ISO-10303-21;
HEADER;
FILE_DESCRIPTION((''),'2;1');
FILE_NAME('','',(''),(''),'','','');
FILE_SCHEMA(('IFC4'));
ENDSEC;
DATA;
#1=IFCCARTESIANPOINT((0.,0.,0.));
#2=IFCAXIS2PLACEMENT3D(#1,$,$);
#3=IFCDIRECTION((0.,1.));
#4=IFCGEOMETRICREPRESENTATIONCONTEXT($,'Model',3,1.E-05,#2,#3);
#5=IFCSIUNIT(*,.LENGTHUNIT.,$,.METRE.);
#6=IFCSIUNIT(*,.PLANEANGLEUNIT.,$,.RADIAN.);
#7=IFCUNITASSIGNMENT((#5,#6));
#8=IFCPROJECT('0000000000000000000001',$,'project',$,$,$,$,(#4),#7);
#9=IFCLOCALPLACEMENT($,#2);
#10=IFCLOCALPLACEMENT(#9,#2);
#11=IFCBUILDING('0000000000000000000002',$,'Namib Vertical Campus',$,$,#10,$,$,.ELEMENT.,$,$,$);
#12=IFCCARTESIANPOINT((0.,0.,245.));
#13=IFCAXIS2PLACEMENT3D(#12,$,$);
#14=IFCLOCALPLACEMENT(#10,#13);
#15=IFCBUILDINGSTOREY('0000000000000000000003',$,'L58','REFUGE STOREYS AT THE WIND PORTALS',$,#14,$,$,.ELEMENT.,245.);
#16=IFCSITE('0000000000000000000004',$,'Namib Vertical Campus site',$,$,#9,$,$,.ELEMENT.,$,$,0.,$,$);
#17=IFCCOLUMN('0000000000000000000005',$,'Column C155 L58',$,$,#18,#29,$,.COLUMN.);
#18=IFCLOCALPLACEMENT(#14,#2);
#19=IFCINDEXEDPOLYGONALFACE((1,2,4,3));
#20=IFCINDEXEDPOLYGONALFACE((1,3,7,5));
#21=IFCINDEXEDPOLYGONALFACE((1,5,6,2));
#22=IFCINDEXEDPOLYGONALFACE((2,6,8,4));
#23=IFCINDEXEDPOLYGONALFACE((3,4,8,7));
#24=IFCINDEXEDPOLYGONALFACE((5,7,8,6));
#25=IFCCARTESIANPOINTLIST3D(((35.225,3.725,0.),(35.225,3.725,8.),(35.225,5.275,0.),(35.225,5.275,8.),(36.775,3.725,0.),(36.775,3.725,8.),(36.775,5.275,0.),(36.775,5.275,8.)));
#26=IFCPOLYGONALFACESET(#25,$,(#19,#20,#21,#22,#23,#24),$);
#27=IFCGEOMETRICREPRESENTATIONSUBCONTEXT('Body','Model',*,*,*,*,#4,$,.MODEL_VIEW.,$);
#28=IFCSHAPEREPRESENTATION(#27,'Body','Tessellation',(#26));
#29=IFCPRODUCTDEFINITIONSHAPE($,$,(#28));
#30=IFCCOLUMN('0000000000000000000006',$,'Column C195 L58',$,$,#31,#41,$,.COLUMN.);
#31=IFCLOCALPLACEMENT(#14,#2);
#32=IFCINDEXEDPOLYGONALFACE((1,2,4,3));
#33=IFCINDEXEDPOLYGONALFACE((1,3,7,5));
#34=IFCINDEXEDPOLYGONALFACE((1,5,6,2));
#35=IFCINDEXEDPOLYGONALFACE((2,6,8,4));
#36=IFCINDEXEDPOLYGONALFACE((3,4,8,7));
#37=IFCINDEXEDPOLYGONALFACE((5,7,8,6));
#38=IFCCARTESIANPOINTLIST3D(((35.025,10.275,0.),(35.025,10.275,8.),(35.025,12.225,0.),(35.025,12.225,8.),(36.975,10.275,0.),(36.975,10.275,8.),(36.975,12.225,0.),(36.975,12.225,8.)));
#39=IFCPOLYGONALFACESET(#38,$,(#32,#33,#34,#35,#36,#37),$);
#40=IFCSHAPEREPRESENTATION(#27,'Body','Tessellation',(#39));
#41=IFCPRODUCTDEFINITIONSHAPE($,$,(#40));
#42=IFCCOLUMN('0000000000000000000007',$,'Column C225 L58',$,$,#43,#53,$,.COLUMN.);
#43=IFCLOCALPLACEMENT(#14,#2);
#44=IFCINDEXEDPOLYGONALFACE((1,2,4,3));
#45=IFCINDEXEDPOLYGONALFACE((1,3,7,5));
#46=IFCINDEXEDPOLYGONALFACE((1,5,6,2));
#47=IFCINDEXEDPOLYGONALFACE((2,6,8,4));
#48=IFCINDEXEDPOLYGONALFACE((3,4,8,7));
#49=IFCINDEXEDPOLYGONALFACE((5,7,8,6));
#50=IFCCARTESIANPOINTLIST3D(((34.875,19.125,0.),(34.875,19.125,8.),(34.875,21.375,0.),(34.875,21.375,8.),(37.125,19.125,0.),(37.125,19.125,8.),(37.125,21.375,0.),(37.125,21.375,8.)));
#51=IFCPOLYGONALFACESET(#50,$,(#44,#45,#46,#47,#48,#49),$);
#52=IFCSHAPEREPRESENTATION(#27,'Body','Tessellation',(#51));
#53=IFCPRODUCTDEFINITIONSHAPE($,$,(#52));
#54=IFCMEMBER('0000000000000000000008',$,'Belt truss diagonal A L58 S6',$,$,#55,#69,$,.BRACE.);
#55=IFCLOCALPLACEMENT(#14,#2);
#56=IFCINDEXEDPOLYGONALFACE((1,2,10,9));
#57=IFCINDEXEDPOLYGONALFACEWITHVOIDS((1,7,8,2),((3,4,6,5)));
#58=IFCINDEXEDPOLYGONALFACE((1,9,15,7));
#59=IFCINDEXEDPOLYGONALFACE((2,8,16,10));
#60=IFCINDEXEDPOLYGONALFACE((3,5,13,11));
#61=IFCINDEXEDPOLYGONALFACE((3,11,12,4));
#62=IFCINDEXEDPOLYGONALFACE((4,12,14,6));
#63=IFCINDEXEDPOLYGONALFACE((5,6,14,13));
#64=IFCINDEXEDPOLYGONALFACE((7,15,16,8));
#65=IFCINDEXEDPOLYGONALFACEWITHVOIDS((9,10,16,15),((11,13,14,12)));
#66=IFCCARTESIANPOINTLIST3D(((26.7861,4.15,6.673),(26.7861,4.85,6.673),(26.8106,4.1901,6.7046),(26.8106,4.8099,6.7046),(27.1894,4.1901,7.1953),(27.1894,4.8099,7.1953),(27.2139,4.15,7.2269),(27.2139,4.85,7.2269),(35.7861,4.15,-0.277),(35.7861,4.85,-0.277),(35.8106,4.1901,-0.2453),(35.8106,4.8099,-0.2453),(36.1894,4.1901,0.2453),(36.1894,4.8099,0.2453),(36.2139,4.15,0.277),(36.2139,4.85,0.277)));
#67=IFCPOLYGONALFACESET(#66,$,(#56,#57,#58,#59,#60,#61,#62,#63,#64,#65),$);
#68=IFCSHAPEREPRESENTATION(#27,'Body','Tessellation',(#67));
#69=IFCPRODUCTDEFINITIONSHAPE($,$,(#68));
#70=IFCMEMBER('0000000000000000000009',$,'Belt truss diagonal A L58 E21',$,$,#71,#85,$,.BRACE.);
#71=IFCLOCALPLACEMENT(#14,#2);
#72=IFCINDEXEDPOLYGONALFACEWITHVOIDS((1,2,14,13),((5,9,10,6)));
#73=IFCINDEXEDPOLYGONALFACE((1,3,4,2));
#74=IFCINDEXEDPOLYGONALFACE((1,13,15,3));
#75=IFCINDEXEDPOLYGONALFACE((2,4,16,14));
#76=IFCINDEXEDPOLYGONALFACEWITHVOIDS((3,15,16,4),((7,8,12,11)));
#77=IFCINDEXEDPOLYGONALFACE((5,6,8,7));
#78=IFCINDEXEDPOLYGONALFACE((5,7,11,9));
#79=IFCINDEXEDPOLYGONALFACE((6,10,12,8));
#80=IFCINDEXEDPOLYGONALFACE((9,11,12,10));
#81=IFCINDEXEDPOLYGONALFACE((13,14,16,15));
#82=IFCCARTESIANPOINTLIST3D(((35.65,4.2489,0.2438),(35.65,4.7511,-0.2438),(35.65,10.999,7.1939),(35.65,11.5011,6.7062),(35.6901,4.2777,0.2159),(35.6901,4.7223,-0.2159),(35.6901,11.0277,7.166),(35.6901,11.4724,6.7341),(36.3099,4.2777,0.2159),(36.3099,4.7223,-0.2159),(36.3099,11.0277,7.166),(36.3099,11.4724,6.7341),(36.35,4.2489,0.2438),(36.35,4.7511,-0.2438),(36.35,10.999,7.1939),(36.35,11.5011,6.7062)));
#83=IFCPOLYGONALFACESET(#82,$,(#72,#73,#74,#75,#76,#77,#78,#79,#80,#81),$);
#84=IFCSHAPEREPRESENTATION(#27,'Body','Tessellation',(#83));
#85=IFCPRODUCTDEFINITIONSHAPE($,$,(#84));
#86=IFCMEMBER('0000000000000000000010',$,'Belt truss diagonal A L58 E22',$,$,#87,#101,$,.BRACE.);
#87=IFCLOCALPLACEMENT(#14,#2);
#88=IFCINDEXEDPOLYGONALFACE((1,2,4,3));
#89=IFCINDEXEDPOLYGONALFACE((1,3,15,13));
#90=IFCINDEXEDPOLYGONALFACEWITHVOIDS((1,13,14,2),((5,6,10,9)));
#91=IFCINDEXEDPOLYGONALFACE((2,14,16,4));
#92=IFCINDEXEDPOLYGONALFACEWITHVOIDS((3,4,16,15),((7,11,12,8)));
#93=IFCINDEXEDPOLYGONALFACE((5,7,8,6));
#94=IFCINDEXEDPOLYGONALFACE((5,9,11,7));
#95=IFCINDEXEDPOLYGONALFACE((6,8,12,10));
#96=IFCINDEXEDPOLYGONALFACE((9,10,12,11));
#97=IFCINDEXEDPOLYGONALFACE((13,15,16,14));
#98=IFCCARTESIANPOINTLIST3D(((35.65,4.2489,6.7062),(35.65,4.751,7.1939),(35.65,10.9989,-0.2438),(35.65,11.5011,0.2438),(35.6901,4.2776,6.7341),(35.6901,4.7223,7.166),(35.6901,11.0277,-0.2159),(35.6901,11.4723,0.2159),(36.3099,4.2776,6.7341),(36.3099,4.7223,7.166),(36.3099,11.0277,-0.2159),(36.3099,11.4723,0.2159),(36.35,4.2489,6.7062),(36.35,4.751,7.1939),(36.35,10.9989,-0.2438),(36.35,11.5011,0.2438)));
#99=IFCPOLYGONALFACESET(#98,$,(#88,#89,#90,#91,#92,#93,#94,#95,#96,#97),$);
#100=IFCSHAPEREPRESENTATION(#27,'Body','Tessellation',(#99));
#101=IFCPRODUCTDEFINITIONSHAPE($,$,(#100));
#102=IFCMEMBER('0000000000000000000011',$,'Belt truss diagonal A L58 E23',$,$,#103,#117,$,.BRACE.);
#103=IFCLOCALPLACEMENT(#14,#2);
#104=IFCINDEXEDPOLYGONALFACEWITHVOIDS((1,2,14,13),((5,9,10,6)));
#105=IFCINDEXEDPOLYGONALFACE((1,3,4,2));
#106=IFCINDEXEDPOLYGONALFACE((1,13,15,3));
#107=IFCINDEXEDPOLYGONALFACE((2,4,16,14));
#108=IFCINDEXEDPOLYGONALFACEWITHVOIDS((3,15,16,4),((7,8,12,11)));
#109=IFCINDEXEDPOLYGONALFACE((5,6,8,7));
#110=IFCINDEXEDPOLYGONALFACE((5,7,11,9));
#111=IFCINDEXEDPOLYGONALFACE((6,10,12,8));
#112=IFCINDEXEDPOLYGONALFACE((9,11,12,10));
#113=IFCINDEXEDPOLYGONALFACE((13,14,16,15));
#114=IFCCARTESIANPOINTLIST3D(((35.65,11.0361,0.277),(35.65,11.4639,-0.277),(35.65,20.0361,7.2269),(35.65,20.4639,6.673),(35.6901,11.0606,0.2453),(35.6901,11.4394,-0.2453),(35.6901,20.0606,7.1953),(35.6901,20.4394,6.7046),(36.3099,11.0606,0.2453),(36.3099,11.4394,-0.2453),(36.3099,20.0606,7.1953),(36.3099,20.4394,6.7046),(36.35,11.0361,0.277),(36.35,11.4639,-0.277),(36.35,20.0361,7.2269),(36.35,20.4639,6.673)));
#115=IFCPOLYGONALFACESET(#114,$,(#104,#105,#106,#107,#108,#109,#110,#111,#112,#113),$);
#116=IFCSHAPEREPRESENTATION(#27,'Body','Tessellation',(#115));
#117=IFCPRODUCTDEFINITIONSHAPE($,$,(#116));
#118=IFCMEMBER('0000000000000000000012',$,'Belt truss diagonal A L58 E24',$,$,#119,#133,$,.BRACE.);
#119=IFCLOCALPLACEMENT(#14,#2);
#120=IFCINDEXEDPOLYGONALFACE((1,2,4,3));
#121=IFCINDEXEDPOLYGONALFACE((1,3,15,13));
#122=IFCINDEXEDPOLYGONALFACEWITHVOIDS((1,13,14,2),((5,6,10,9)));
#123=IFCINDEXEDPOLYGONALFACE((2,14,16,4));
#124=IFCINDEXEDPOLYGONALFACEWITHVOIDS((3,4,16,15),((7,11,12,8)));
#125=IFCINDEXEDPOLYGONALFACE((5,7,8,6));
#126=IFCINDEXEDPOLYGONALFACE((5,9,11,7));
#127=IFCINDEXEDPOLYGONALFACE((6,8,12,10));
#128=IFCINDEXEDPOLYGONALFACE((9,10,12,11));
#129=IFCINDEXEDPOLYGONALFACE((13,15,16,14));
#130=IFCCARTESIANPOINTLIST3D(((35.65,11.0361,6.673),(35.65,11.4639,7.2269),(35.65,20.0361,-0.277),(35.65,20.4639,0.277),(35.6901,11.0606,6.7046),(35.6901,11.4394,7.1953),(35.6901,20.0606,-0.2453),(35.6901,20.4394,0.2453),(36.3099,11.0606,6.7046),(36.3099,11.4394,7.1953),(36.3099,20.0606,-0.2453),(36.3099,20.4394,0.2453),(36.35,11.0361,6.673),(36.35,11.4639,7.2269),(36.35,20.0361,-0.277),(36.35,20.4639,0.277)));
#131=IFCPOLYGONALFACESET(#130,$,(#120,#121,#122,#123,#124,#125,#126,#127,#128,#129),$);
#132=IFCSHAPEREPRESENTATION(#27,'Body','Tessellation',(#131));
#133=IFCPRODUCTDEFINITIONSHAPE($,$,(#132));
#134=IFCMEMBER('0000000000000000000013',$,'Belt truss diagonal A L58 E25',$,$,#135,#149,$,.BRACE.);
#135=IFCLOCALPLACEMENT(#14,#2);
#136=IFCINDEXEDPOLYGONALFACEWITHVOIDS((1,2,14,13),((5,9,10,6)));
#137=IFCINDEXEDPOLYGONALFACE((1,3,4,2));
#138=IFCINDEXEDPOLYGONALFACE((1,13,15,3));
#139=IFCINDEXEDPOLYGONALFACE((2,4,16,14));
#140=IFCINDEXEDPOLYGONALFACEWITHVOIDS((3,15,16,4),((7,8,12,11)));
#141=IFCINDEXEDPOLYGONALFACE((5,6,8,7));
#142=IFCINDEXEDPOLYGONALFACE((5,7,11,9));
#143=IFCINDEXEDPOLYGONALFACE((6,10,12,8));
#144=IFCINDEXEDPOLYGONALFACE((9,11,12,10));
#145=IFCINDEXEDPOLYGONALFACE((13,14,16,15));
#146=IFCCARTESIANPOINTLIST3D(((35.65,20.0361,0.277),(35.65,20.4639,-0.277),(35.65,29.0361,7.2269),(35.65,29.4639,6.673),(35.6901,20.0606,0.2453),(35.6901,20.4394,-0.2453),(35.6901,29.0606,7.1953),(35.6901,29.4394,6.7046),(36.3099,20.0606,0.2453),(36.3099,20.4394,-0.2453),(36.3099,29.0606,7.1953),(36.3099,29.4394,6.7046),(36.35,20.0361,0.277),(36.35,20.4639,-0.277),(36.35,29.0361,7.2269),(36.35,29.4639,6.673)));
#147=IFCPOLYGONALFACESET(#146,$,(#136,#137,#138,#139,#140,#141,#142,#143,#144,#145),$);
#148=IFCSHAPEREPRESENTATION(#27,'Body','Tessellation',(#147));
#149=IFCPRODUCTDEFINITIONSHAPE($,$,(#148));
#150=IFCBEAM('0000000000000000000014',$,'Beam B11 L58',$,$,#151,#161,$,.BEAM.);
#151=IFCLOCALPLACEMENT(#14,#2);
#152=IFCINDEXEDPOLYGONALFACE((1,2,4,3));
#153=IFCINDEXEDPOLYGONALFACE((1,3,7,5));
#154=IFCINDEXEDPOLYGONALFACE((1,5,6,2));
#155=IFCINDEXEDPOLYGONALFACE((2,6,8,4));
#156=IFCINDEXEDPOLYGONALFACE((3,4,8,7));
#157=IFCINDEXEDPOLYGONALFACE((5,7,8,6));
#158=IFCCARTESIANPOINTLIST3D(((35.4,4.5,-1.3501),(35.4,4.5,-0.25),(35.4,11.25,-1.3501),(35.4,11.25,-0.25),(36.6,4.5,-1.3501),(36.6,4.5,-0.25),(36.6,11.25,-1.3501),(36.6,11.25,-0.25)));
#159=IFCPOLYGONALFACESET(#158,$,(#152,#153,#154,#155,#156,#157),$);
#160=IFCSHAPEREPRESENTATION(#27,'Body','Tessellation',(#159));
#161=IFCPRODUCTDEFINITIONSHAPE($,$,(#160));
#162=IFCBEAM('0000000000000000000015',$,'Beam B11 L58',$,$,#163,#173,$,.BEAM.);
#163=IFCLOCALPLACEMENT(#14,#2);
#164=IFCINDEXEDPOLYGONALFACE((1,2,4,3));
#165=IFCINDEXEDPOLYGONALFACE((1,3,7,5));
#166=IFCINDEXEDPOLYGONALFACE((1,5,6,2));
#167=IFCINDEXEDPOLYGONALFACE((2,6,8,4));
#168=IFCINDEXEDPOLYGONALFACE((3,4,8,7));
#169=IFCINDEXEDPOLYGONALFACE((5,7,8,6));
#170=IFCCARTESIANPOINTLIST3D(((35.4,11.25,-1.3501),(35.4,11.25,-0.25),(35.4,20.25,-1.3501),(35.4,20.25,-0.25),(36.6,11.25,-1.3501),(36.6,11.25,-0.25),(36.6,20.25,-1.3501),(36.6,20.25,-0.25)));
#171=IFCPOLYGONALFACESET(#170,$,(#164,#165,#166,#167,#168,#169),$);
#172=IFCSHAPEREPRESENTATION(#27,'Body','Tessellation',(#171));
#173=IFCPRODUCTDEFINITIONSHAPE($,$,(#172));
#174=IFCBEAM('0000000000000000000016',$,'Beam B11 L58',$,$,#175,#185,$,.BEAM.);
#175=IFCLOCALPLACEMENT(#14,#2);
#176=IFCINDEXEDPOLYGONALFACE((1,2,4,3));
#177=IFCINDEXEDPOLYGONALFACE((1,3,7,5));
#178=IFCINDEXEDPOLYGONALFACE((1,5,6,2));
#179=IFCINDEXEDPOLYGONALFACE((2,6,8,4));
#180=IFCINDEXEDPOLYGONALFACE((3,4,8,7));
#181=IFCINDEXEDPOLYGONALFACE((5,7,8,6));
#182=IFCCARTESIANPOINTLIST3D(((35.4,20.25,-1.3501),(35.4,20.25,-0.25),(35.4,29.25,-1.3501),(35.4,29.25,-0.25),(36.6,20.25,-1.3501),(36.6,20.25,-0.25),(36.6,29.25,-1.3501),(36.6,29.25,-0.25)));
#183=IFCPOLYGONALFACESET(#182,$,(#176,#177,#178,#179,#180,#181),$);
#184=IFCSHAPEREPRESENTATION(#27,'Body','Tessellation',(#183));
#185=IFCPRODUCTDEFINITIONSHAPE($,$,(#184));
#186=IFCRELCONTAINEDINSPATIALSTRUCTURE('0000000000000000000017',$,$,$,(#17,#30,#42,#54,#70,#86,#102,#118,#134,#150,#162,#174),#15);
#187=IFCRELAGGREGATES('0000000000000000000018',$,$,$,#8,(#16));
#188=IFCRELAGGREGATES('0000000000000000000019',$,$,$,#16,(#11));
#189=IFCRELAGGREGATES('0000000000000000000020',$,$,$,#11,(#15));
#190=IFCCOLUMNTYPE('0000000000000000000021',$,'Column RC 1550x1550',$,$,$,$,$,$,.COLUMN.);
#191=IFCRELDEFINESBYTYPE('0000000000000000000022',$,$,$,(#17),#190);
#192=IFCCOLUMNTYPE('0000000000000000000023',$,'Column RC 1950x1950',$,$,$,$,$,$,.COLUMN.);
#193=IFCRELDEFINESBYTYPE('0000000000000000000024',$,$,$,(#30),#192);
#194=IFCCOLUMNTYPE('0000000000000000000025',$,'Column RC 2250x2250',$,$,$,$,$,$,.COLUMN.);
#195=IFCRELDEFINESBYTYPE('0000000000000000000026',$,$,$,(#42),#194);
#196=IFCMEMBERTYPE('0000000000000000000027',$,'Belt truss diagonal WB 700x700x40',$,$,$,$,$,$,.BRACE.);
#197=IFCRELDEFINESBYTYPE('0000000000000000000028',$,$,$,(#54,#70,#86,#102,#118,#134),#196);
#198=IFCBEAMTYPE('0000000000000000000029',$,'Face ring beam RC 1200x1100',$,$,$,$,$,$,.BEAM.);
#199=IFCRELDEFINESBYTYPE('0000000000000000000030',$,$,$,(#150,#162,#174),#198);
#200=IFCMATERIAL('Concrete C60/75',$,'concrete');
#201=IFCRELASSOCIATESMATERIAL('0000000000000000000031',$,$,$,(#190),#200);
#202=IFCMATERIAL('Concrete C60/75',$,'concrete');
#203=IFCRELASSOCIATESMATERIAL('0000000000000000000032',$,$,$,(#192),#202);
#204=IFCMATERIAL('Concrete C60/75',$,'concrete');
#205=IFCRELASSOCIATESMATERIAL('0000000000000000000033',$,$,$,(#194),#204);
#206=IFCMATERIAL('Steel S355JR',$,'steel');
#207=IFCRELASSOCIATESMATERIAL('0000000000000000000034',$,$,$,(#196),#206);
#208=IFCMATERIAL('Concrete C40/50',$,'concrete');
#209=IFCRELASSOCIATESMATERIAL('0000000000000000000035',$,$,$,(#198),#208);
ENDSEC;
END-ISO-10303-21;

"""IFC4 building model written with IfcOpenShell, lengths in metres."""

from ifc_helpers import new_model, si_unit, direction, frame, origin, origin_2d, place, context, subcontext, project, spatial, rectangle, hollow_rectangle, extrude, material, material_profile, profile_set, type_object, element, save


model = new_model("IFC4")

# Units and contexts
model_context = context("Model", 3, precision=1e-05, world=origin(), true_north=direction((0.0, 1.0)))
body_context = subcontext(model_context, "Body", "Model", "MODEL_VIEW")
ifc_project = project(units=[si_unit("LENGTHUNIT", "METRE"), si_unit("PLANEANGLEUNIT", "RADIAN")], contexts=[model_context])

# Site, building, storey
site_placement = place(None, origin())
site = spatial("IfcSite", under=ifc_project, at=site_placement, Name="Namib Vertical Campus site", CompositionType="ELEMENT", RefElevation=0.0)
building_placement = place(site_placement, origin())
building = spatial("IfcBuilding", under=site, at=building_placement, Name="Namib Vertical Campus", CompositionType="ELEMENT")
storey_placement = place(building_placement, frame((0.0, 0.0, 245.0)))
storey = spatial("IfcBuildingStorey", under=building, at=storey_placement, Name="L58", Description="REFUGE STOREYS AT THE WIND PORTALS", CompositionType="ELEMENT", Elevation=245.0)

# Columns
ifc_material_1 = material(Name="Concrete C60/75", Category="concrete")
ifc_material_profile_1 = material_profile(ifc_material_1, rectangle(XDim=1.55, YDim=1.55, at=origin_2d()))
ifc_profile_set_1 = profile_set([ifc_material_profile_1], Name="Concrete C60/75")
column_type_1 = type_object("IfcColumnType", Name="Column RC 1550x1550", PredefinedType="COLUMN", material=ifc_profile_set_1)
column_1_placement = place(storey_placement, frame((36.0, 4.5, 0.0), z_axis=(0.0, 0.0, 1.0), x_axis=(1.0, 0.0, 0.0)))
element("IfcColumn", 1, at=column_1_placement, inside=storey, type_object=column_type_1, Name="Column C155 L58", PredefinedType="COLUMN", context=body_context, shape_type="SweptSolid", body=[
    extrude(rectangle(XDim=1.55, YDim=1.55, at=origin_2d()), origin(), (0.0, 0.0, 1.0), 8.0),
])
ifc_material_2 = material(Name="Concrete C60/75", Category="concrete")
ifc_material_profile_2 = material_profile(ifc_material_2, rectangle(XDim=1.95, YDim=1.95, at=origin_2d()))
ifc_profile_set_2 = profile_set([ifc_material_profile_2], Name="Concrete C60/75")
column_type_2 = type_object("IfcColumnType", Name="Column RC 1950x1950", PredefinedType="COLUMN", material=ifc_profile_set_2)
column_2_placement = place(storey_placement, frame((36.0, 11.25, 0.0), z_axis=(0.0, 0.0, 1.0), x_axis=(1.0, 0.0, 0.0)))
element("IfcColumn", 2, at=column_2_placement, inside=storey, type_object=column_type_2, Name="Column C195 L58", PredefinedType="COLUMN", context=body_context, shape_type="SweptSolid", body=[
    extrude(rectangle(XDim=1.95, YDim=1.95, at=origin_2d()), origin(), (0.0, 0.0, 1.0), 8.0),
])
ifc_material_3 = material(Name="Concrete C60/75", Category="concrete")
ifc_material_profile_3 = material_profile(ifc_material_3, rectangle(XDim=2.25, YDim=2.25, at=origin_2d()))
ifc_profile_set_3 = profile_set([ifc_material_profile_3], Name="Concrete C60/75")
column_type_3 = type_object("IfcColumnType", Name="Column RC 2250x2250", PredefinedType="COLUMN", material=ifc_profile_set_3)
column_3_placement = place(storey_placement, frame((36.0, 20.25, 0.0), z_axis=(0.0, 0.0, 1.0), x_axis=(1.0, 0.0, 0.0)))
element("IfcColumn", 3, at=column_3_placement, inside=storey, type_object=column_type_3, Name="Column C225 L58", PredefinedType="COLUMN", context=body_context, shape_type="SweptSolid", body=[
    extrude(rectangle(XDim=2.25, YDim=2.25, at=origin_2d()), origin(), (0.0, 0.0, 1.0), 8.0),
])

# Members
ifc_material_4 = material(Name="Steel S355JR", Category="steel")
ifc_material_profile_4 = material_profile(ifc_material_4, hollow_rectangle(XDim=0.7, YDim=0.7, WallThickness=0.04, at=origin_2d()))
ifc_profile_set_4 = profile_set([ifc_material_profile_4], Name="Steel S355JR")
member_type = type_object("IfcMemberType", Name="Belt truss diagonal WB 700x700x40", PredefinedType="BRACE", material=ifc_profile_set_4)
member_placement = place(storey_placement, frame((36.0, 4.5, 0.0), z_axis=(-0.79148, 0.0, 0.611194), x_axis=(0.0, -1.0, 0.0)))
element("IfcMember", 4, at=member_placement, inside=storey, type_object=member_type, Name="Belt truss diagonal A L58 S6", PredefinedType="BRACE", context=body_context, shape_type="SweptSolid", body=[
    extrude(hollow_rectangle(XDim=0.7, YDim=0.7, WallThickness=0.04, at=origin_2d()), origin(), (0.0, 0.0, 1.0), 11.3711),
])
for number, where, z_axis, x_axis, name in (
    (5, (36.0, 4.5, 0.0), (0.0, 0.696712, 0.717351), (-1.0, 0.0, 0.0), "Belt truss diagonal A L58 E21"),
    (6, (36.0, 11.25, 0.0), (0.0, -0.696712, 0.717351), (1.0, 0.0, 0.0), "Belt truss diagonal A L58 E22"),
):
    element("IfcMember", number, at=place(storey_placement, frame(where, z_axis=z_axis, x_axis=x_axis)), inside=storey, type_object=member_type, Name=name, PredefinedType="BRACE", context=body_context, shape_type="SweptSolid", body=[
        extrude(hollow_rectangle(XDim=0.7, YDim=0.7, WallThickness=0.04, at=origin_2d()), origin(), (0.0, 0.0, 1.0), 9.6885),
    ])
for number, where, z_axis, x_axis, name in (
    (7, (36.0, 11.25, 0.0), (0.0, 0.79148, 0.611194), (-1.0, 0.0, 0.0), "Belt truss diagonal A L58 E23"),
    (8, (36.0, 20.25, 0.0), (0.0, -0.79148, 0.611194), (1.0, 0.0, 0.0), "Belt truss diagonal A L58 E24"),
    (9, (36.0, 20.25, 0.0), (0.0, 0.79148, 0.611194), (-1.0, 0.0, 0.0), "Belt truss diagonal A L58 E25"),
):
    element("IfcMember", number, at=place(storey_placement, frame(where, z_axis=z_axis, x_axis=x_axis)), inside=storey, type_object=member_type, Name=name, PredefinedType="BRACE", context=body_context, shape_type="SweptSolid", body=[
        extrude(hollow_rectangle(XDim=0.7, YDim=0.7, WallThickness=0.04, at=origin_2d()), origin(), (0.0, 0.0, 1.0), 11.3711),
    ])

# Beams
ifc_material_5 = material(Name="Concrete C40/50", Category="concrete")
ifc_material_profile_5 = material_profile(ifc_material_5, rectangle(XDim=1.2, YDim=1.1001, at=origin_2d()))
ifc_profile_set_5 = profile_set([ifc_material_profile_5], Name="Concrete C40/50")
beam_type_1 = type_object("IfcBeamType", Name="Face ring beam RC 1200x1100", PredefinedType="BEAM", material=ifc_profile_set_5)
beam_1_placement = place(storey_placement, frame((36.0, 4.5, -0.8), z_axis=(0.0, 1.0, 0.0), x_axis=(-1.0, 0.0, 0.0)))
element("IfcBeam", 10, at=beam_1_placement, inside=storey, type_object=beam_type_1, Name="Beam B11 L58", PredefinedType="BEAM", context=body_context, shape_type="SweptSolid", body=[
    extrude(rectangle(XDim=1.2, YDim=1.1001, at=origin_2d()), origin(), (0.0, 0.0, 1.0), 6.75),
])
for number, where, z_axis, x_axis, name in (
    (11, (36.0, 11.25, -0.8), (0.0, 1.0, 0.0), (-1.0, 0.0, 0.0), "Beam B11 L58"),
    (12, (36.0, 20.25, -0.8), (0.0, 1.0, 0.0), (-1.0, 0.0, 0.0), "Beam B11 L58"),
):
    element("IfcBeam", number, at=place(storey_placement, frame(where, z_axis=z_axis, x_axis=x_axis)), inside=storey, type_object=beam_type_1, Name=name, PredefinedType="BEAM", context=body_context, shape_type="SweptSolid", body=[
        extrude(rectangle(XDim=1.2, YDim=1.1001, at=origin_2d()), origin(), (0.0, 0.0, 1.0), 9.0),
    ])

save(model, "model.ifc")
